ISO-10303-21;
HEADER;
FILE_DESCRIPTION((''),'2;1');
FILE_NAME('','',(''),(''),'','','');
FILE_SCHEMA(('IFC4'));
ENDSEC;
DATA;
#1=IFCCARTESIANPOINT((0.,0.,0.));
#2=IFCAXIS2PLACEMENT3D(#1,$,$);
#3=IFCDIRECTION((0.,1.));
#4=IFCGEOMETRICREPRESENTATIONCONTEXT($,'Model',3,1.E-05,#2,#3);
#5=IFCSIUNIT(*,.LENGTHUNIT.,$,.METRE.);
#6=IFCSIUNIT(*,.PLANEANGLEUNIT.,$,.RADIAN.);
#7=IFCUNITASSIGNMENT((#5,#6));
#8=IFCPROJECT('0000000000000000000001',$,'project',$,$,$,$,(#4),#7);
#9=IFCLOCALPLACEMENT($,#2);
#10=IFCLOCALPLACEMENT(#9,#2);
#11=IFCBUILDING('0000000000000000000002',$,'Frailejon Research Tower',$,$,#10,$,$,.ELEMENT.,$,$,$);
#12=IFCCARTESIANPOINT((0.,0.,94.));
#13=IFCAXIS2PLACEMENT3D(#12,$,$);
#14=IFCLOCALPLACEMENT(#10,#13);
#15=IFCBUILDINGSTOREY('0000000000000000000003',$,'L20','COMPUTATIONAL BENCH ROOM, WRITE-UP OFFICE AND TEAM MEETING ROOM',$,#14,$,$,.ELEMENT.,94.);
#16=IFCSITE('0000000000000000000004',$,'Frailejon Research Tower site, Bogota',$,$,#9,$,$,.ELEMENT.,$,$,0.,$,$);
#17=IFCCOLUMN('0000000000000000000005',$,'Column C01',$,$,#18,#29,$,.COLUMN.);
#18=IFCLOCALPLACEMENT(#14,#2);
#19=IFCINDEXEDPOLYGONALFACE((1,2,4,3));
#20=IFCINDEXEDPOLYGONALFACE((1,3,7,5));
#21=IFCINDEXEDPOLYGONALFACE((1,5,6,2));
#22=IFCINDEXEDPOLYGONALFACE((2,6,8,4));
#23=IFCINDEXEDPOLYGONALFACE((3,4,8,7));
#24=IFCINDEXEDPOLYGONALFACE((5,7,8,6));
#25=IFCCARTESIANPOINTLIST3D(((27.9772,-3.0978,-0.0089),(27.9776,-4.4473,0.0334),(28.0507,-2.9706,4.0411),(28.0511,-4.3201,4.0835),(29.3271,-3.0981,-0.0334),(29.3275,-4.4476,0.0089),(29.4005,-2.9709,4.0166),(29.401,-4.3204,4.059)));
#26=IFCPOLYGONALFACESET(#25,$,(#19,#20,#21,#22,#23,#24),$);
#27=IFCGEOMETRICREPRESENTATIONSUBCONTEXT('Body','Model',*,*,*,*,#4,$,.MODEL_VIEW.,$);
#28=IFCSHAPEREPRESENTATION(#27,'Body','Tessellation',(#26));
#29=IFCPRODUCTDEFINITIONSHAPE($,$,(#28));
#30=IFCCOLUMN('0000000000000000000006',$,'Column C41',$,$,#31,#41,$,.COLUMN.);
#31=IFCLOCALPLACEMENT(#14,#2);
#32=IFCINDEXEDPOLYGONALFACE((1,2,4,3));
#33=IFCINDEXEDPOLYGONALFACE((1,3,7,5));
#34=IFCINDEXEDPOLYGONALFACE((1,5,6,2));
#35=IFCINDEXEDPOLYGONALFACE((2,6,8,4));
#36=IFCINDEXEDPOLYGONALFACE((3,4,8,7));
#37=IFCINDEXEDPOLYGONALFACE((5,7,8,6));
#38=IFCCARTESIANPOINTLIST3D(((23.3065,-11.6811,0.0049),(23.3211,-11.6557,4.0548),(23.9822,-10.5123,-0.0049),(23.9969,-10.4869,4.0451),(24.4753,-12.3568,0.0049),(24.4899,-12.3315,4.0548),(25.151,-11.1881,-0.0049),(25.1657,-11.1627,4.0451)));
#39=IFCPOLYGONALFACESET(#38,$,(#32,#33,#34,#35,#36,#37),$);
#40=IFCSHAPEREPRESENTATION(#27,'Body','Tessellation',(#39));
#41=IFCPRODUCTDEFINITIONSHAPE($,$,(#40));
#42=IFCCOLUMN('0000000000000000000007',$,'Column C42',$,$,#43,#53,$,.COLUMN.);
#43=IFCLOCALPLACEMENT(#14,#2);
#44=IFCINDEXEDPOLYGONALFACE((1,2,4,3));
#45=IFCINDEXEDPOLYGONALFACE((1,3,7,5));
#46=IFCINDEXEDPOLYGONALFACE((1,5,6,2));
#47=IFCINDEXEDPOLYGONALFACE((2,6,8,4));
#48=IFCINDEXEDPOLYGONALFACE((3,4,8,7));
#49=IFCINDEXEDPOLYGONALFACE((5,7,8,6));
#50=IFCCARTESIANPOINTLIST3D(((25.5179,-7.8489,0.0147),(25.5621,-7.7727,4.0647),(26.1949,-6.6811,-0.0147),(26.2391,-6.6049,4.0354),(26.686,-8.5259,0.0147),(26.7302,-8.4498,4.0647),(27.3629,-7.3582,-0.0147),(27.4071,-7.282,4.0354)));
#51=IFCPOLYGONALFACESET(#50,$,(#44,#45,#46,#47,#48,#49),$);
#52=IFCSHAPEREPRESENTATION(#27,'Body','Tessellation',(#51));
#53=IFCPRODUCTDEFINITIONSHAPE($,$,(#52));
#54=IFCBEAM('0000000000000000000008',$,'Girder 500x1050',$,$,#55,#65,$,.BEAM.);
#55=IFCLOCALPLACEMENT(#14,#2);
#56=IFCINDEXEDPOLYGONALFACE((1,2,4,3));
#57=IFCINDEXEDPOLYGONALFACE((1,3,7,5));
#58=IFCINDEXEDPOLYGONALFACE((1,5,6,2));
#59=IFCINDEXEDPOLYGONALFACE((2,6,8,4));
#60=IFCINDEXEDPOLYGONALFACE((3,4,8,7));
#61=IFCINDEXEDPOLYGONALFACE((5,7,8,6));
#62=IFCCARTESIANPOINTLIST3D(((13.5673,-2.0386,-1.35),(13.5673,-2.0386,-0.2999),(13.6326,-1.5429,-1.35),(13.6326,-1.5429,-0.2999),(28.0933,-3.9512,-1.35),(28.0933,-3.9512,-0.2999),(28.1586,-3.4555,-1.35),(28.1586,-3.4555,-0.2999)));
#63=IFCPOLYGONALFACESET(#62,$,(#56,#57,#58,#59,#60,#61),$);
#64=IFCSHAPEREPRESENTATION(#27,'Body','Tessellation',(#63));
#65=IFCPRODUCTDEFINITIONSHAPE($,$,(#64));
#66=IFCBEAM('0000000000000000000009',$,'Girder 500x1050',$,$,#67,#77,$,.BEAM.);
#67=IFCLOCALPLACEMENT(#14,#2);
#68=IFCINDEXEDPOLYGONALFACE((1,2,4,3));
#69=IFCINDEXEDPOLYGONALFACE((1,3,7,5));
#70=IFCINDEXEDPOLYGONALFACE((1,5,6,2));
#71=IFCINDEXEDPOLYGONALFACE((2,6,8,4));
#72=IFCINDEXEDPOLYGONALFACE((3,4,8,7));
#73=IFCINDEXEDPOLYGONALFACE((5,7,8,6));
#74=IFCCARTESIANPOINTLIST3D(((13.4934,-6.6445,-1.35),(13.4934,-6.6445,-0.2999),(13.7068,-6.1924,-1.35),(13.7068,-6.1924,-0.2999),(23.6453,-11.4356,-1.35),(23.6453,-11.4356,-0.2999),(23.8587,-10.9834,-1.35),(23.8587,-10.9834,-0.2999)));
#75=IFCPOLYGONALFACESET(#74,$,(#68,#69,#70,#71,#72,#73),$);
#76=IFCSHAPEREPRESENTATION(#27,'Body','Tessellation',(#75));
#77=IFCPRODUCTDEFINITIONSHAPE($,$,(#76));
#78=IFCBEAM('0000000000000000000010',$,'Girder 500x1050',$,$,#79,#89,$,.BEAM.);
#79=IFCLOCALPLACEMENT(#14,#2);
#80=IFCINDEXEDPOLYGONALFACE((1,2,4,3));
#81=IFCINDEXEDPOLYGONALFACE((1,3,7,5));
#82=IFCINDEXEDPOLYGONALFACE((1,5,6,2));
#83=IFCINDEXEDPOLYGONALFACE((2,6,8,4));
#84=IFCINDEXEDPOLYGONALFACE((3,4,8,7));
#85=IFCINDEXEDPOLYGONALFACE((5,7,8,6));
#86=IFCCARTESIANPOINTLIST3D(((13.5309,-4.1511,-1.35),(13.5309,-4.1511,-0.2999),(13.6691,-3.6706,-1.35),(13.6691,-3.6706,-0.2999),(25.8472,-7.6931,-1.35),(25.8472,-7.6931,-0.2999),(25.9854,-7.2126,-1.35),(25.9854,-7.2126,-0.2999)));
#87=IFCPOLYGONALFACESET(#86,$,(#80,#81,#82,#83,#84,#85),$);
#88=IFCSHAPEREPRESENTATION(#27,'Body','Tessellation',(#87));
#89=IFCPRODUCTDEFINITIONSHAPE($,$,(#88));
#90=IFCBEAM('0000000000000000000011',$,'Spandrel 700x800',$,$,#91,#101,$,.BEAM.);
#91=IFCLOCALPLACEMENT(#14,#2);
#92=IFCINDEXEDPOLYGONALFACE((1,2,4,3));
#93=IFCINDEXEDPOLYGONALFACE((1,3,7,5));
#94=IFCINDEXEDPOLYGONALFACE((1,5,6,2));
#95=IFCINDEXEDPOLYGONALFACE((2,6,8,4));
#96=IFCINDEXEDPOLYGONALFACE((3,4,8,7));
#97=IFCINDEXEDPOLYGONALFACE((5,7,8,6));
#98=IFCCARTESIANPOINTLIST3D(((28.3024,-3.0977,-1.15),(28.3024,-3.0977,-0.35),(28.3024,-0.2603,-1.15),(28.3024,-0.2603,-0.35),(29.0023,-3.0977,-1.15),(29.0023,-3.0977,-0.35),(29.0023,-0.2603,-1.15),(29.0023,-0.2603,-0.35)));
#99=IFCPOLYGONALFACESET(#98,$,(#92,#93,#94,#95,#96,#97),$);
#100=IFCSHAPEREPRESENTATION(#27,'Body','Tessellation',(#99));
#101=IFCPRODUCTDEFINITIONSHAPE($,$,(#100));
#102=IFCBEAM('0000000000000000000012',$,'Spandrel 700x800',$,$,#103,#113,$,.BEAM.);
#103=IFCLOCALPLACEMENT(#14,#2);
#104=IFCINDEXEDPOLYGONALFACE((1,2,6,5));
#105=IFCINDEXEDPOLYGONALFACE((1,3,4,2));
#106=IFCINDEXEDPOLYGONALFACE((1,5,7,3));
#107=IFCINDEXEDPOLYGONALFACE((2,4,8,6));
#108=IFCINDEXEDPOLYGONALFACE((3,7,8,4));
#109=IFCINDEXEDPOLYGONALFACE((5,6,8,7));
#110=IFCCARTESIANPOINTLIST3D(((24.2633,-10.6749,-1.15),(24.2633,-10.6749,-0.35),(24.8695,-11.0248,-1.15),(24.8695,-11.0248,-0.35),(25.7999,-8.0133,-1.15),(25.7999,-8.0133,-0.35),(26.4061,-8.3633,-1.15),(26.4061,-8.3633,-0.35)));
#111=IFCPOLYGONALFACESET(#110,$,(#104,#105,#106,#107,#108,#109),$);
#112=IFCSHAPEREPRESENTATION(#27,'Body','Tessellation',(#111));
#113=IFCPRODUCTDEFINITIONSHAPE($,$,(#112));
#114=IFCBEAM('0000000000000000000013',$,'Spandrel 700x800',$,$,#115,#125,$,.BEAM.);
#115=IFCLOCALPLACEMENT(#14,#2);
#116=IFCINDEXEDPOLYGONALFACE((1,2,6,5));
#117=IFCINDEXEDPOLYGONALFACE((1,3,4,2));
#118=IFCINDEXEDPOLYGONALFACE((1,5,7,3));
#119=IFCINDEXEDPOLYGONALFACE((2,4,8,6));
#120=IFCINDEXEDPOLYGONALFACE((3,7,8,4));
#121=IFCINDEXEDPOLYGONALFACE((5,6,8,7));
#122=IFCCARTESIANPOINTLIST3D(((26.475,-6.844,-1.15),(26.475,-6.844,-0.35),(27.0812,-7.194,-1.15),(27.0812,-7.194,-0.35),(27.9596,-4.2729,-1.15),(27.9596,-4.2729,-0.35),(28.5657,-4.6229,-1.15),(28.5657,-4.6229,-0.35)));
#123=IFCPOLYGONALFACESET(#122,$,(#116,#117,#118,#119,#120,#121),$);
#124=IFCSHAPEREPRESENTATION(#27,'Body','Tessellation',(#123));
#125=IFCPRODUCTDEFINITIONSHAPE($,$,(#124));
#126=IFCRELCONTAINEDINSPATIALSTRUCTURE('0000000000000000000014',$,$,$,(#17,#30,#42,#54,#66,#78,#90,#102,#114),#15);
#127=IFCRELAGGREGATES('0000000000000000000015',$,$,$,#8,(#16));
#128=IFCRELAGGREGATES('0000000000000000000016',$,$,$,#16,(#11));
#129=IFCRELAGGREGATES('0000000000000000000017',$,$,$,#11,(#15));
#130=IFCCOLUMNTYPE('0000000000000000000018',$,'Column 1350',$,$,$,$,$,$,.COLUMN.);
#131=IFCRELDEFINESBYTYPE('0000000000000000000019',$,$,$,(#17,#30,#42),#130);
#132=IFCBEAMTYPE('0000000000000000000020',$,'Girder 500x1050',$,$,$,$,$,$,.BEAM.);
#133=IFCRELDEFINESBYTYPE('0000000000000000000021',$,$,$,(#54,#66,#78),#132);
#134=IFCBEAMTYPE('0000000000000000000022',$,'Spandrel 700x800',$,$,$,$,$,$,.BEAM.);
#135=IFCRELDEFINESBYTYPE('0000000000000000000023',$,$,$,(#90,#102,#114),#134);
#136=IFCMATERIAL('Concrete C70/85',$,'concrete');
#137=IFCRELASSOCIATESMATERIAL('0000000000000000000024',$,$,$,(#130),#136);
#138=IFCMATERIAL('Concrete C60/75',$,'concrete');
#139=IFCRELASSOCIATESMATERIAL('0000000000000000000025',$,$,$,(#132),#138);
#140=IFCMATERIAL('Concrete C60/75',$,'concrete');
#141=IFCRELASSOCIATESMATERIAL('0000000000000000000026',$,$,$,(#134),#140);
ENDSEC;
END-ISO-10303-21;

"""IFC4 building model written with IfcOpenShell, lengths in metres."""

from ifc_helpers import new_model, si_unit, direction, frame, origin, origin_2d, place, context, subcontext, project, spatial, rectangle, extrude, material, material_profile, profile_set, type_object, element, save


model = new_model("IFC4")

# Units and contexts
model_context = context("Model", 3, precision=1e-05, world=origin(), true_north=direction((0.0, 1.0)))
body_context = subcontext(model_context, "Body", "Model", "MODEL_VIEW")
ifc_project = project(units=[si_unit("LENGTHUNIT", "METRE"), si_unit("PLANEANGLEUNIT", "RADIAN")], contexts=[model_context])

# Site, building, storey
site_placement = place(None, origin())
site = spatial("IfcSite", under=ifc_project, at=site_placement, Name="Frailejon Research Tower site, Bogota", CompositionType="ELEMENT", RefElevation=0.0)
building_placement = place(site_placement, origin())
building = spatial("IfcBuilding", under=site, at=building_placement, Name="Frailejon Research Tower", CompositionType="ELEMENT")
storey_placement = place(building_placement, frame((0.0, 0.0, 94.0)))
storey = spatial("IfcBuildingStorey", under=building, at=storey_placement, Name="L20", Description="COMPUTATIONAL BENCH ROOM, WRITE-UP OFFICE AND TEAM MEETING ROOM", CompositionType="ELEMENT", Elevation=94.0)

# Columns
ifc_material_1 = material(Name="Concrete C70/85", Category="concrete")
ifc_material_profile_1 = material_profile(ifc_material_1, rectangle(XDim=1.3501, YDim=1.3501, at=origin_2d()), Name="Column 1350")
ifc_profile_set_1 = profile_set([ifc_material_profile_1], Name="Concrete C70/85")
column_type = type_object("IfcColumnType", Name="Column 1350", PredefinedType="COLUMN", material=ifc_profile_set_1)
column_1_placement = place(storey_placement, frame((28.6523, -3.7727, 0.0), z_axis=(0.018133, 0.031386, 0.999343), x_axis=(-0.000336, 0.999507, -0.031385)))
element("IfcColumn", 1, at=column_1_placement, inside=storey, type_object=column_type, Name="Column C01", PredefinedType="COLUMN", context=body_context, shape_type="SweptSolid", body=[
    extrude(rectangle(XDim=1.3501, YDim=1.3501, at=origin_2d()), origin(), (0.0, 0.0, 1.0), 4.0527),
])
column_2_placement = place(storey_placement, frame((24.2288, -11.4346, 0.0), z_axis=(0.003617, 0.006269, 0.999974), x_axis=(0.50053, 0.865689, -0.007238)))
element("IfcColumn", 2, at=column_2_placement, inside=storey, type_object=column_type, Name="Column C41", PredefinedType="COLUMN", context=body_context, shape_type="SweptSolid", body=[
    extrude(rectangle(XDim=1.3501, YDim=1.3501, at=origin_2d()), origin(), (0.0, 0.0, 1.0), 4.05),
])
column_3_placement = place(storey_placement, frame((26.4404, -7.6035, 0.0), z_axis=(0.010908, 0.018803, 0.999764), x_axis=(0.501388, 0.864949, -0.021738)))
element("IfcColumn", 3, at=column_3_placement, inside=storey, type_object=column_type, Name="Column C42", PredefinedType="COLUMN", context=body_context, shape_type="SweptSolid", body=[
    extrude(rectangle(XDim=1.3501, YDim=1.3501, at=origin_2d()), origin(), (0.0, 0.0, 1.0), 4.051),
])

# Beams
ifc_material_2 = material(Name="Concrete C60/75", Category="concrete")
ifc_material_profile_2 = material_profile(ifc_material_2, rectangle(XDim=0.5, YDim=1.05, at=origin_2d()), Name="Girder 500x1050")
ifc_profile_set_2 = profile_set([ifc_material_profile_2], Name="Concrete C60/75")
beam_type_1 = type_object("IfcBeamType", Name="Girder 500x1050", PredefinedType="BEAM", material=ifc_profile_set_2)
beam_1_placement = place(storey_placement, frame((28.126, -3.7034, -0.825), z_axis=(-0.991443, 0.130542, 0.0), x_axis=(-0.130542, -0.991443, 0.0)))
element("IfcBeam", 4, at=beam_1_placement, inside=storey, type_object=beam_type_1, Name="Girder 500x1050", PredefinedType="BEAM", context=body_context, shape_type="SweptSolid", body=[
    extrude(rectangle(XDim=0.5, YDim=1.05, at=origin_2d()), origin(), (0.0, 0.0, 1.0), 14.6514),
])
beam_2_placement = place(storey_placement, frame((23.752, -11.2095, -0.825), z_axis=(-0.904349, 0.426794, 0.0), x_axis=(-0.426794, -0.904349, 0.0)))
element("IfcBeam", 5, at=beam_2_placement, inside=storey, type_object=beam_type_1, Name="Girder 500x1050", PredefinedType="BEAM", context=body_context, shape_type="SweptSolid", body=[
    extrude(rectangle(XDim=0.5, YDim=1.05, at=origin_2d()), origin(), (0.0, 0.0, 1.0), 11.2256),
])
beam_3_placement = place(storey_placement, frame((25.9163, -7.4529, -0.825), z_axis=(-0.961047, 0.276386, 0.0), x_axis=(-0.276386, -0.961047, 0.0)))
element("IfcBeam", 6, at=beam_3_placement, inside=storey, type_object=beam_type_1, Name="Girder 500x1050", PredefinedType="BEAM", context=body_context, shape_type="SweptSolid", body=[
    extrude(rectangle(XDim=0.5, YDim=1.05, at=origin_2d()), origin(), (0.0, 0.0, 1.0), 12.8154),
])
ifc_material_3 = material(Name="Concrete C60/75", Category="concrete")
ifc_material_profile_3 = material_profile(ifc_material_3, rectangle(XDim=0.7, YDim=0.8, at=origin_2d()), Name="Spandrel 700x800")
ifc_profile_set_3 = profile_set([ifc_material_profile_3], Name="Concrete C60/75")
beam_type_2 = type_object("IfcBeamType", Name="Spandrel 700x800", PredefinedType="BEAM", material=ifc_profile_set_3)
beam_4_placement = place(storey_placement, frame((28.6523, -3.0977, -0.75), z_axis=(0.0, 1.0, 0.0), x_axis=(-1.0, 0.0, 0.0)))
element("IfcBeam", 7, at=beam_4_placement, inside=storey, type_object=beam_type_2, Name="Spandrel 700x800", PredefinedType="BEAM", context=body_context, shape_type="SweptSolid", body=[
    extrude(rectangle(XDim=0.7, YDim=0.8, at=origin_2d()), origin(), (0.0, 0.0, 1.0), 2.8374),
])
beam_5_placement = place(storey_placement, frame((24.5664, -10.8499, -0.75), z_axis=(0.499984, 0.866035, 0.0), x_axis=(-0.866035, 0.499984, 0.0)))
element("IfcBeam", 8, at=beam_5_placement, inside=storey, type_object=beam_type_2, Name="Spandrel 700x800", PredefinedType="BEAM", context=body_context, shape_type="SweptSolid", body=[
    extrude(rectangle(XDim=0.7, YDim=0.8, at=origin_2d()), origin(), (0.0, 0.0, 1.0), 3.0732),
])
beam_6_placement = place(storey_placement, frame((26.7781, -7.019, -0.75), z_axis=(0.500021, 0.866013, 0.0), x_axis=(-0.866013, 0.500021, 0.0)))
element("IfcBeam", 9, at=beam_6_placement, inside=storey, type_object=beam_type_2, Name="Spandrel 700x800", PredefinedType="BEAM", context=body_context, shape_type="SweptSolid", body=[
    extrude(rectangle(XDim=0.7, YDim=0.8, at=origin_2d()), origin(), (0.0, 0.0, 1.0), 2.969),
])

save(model, "model.ifc")
